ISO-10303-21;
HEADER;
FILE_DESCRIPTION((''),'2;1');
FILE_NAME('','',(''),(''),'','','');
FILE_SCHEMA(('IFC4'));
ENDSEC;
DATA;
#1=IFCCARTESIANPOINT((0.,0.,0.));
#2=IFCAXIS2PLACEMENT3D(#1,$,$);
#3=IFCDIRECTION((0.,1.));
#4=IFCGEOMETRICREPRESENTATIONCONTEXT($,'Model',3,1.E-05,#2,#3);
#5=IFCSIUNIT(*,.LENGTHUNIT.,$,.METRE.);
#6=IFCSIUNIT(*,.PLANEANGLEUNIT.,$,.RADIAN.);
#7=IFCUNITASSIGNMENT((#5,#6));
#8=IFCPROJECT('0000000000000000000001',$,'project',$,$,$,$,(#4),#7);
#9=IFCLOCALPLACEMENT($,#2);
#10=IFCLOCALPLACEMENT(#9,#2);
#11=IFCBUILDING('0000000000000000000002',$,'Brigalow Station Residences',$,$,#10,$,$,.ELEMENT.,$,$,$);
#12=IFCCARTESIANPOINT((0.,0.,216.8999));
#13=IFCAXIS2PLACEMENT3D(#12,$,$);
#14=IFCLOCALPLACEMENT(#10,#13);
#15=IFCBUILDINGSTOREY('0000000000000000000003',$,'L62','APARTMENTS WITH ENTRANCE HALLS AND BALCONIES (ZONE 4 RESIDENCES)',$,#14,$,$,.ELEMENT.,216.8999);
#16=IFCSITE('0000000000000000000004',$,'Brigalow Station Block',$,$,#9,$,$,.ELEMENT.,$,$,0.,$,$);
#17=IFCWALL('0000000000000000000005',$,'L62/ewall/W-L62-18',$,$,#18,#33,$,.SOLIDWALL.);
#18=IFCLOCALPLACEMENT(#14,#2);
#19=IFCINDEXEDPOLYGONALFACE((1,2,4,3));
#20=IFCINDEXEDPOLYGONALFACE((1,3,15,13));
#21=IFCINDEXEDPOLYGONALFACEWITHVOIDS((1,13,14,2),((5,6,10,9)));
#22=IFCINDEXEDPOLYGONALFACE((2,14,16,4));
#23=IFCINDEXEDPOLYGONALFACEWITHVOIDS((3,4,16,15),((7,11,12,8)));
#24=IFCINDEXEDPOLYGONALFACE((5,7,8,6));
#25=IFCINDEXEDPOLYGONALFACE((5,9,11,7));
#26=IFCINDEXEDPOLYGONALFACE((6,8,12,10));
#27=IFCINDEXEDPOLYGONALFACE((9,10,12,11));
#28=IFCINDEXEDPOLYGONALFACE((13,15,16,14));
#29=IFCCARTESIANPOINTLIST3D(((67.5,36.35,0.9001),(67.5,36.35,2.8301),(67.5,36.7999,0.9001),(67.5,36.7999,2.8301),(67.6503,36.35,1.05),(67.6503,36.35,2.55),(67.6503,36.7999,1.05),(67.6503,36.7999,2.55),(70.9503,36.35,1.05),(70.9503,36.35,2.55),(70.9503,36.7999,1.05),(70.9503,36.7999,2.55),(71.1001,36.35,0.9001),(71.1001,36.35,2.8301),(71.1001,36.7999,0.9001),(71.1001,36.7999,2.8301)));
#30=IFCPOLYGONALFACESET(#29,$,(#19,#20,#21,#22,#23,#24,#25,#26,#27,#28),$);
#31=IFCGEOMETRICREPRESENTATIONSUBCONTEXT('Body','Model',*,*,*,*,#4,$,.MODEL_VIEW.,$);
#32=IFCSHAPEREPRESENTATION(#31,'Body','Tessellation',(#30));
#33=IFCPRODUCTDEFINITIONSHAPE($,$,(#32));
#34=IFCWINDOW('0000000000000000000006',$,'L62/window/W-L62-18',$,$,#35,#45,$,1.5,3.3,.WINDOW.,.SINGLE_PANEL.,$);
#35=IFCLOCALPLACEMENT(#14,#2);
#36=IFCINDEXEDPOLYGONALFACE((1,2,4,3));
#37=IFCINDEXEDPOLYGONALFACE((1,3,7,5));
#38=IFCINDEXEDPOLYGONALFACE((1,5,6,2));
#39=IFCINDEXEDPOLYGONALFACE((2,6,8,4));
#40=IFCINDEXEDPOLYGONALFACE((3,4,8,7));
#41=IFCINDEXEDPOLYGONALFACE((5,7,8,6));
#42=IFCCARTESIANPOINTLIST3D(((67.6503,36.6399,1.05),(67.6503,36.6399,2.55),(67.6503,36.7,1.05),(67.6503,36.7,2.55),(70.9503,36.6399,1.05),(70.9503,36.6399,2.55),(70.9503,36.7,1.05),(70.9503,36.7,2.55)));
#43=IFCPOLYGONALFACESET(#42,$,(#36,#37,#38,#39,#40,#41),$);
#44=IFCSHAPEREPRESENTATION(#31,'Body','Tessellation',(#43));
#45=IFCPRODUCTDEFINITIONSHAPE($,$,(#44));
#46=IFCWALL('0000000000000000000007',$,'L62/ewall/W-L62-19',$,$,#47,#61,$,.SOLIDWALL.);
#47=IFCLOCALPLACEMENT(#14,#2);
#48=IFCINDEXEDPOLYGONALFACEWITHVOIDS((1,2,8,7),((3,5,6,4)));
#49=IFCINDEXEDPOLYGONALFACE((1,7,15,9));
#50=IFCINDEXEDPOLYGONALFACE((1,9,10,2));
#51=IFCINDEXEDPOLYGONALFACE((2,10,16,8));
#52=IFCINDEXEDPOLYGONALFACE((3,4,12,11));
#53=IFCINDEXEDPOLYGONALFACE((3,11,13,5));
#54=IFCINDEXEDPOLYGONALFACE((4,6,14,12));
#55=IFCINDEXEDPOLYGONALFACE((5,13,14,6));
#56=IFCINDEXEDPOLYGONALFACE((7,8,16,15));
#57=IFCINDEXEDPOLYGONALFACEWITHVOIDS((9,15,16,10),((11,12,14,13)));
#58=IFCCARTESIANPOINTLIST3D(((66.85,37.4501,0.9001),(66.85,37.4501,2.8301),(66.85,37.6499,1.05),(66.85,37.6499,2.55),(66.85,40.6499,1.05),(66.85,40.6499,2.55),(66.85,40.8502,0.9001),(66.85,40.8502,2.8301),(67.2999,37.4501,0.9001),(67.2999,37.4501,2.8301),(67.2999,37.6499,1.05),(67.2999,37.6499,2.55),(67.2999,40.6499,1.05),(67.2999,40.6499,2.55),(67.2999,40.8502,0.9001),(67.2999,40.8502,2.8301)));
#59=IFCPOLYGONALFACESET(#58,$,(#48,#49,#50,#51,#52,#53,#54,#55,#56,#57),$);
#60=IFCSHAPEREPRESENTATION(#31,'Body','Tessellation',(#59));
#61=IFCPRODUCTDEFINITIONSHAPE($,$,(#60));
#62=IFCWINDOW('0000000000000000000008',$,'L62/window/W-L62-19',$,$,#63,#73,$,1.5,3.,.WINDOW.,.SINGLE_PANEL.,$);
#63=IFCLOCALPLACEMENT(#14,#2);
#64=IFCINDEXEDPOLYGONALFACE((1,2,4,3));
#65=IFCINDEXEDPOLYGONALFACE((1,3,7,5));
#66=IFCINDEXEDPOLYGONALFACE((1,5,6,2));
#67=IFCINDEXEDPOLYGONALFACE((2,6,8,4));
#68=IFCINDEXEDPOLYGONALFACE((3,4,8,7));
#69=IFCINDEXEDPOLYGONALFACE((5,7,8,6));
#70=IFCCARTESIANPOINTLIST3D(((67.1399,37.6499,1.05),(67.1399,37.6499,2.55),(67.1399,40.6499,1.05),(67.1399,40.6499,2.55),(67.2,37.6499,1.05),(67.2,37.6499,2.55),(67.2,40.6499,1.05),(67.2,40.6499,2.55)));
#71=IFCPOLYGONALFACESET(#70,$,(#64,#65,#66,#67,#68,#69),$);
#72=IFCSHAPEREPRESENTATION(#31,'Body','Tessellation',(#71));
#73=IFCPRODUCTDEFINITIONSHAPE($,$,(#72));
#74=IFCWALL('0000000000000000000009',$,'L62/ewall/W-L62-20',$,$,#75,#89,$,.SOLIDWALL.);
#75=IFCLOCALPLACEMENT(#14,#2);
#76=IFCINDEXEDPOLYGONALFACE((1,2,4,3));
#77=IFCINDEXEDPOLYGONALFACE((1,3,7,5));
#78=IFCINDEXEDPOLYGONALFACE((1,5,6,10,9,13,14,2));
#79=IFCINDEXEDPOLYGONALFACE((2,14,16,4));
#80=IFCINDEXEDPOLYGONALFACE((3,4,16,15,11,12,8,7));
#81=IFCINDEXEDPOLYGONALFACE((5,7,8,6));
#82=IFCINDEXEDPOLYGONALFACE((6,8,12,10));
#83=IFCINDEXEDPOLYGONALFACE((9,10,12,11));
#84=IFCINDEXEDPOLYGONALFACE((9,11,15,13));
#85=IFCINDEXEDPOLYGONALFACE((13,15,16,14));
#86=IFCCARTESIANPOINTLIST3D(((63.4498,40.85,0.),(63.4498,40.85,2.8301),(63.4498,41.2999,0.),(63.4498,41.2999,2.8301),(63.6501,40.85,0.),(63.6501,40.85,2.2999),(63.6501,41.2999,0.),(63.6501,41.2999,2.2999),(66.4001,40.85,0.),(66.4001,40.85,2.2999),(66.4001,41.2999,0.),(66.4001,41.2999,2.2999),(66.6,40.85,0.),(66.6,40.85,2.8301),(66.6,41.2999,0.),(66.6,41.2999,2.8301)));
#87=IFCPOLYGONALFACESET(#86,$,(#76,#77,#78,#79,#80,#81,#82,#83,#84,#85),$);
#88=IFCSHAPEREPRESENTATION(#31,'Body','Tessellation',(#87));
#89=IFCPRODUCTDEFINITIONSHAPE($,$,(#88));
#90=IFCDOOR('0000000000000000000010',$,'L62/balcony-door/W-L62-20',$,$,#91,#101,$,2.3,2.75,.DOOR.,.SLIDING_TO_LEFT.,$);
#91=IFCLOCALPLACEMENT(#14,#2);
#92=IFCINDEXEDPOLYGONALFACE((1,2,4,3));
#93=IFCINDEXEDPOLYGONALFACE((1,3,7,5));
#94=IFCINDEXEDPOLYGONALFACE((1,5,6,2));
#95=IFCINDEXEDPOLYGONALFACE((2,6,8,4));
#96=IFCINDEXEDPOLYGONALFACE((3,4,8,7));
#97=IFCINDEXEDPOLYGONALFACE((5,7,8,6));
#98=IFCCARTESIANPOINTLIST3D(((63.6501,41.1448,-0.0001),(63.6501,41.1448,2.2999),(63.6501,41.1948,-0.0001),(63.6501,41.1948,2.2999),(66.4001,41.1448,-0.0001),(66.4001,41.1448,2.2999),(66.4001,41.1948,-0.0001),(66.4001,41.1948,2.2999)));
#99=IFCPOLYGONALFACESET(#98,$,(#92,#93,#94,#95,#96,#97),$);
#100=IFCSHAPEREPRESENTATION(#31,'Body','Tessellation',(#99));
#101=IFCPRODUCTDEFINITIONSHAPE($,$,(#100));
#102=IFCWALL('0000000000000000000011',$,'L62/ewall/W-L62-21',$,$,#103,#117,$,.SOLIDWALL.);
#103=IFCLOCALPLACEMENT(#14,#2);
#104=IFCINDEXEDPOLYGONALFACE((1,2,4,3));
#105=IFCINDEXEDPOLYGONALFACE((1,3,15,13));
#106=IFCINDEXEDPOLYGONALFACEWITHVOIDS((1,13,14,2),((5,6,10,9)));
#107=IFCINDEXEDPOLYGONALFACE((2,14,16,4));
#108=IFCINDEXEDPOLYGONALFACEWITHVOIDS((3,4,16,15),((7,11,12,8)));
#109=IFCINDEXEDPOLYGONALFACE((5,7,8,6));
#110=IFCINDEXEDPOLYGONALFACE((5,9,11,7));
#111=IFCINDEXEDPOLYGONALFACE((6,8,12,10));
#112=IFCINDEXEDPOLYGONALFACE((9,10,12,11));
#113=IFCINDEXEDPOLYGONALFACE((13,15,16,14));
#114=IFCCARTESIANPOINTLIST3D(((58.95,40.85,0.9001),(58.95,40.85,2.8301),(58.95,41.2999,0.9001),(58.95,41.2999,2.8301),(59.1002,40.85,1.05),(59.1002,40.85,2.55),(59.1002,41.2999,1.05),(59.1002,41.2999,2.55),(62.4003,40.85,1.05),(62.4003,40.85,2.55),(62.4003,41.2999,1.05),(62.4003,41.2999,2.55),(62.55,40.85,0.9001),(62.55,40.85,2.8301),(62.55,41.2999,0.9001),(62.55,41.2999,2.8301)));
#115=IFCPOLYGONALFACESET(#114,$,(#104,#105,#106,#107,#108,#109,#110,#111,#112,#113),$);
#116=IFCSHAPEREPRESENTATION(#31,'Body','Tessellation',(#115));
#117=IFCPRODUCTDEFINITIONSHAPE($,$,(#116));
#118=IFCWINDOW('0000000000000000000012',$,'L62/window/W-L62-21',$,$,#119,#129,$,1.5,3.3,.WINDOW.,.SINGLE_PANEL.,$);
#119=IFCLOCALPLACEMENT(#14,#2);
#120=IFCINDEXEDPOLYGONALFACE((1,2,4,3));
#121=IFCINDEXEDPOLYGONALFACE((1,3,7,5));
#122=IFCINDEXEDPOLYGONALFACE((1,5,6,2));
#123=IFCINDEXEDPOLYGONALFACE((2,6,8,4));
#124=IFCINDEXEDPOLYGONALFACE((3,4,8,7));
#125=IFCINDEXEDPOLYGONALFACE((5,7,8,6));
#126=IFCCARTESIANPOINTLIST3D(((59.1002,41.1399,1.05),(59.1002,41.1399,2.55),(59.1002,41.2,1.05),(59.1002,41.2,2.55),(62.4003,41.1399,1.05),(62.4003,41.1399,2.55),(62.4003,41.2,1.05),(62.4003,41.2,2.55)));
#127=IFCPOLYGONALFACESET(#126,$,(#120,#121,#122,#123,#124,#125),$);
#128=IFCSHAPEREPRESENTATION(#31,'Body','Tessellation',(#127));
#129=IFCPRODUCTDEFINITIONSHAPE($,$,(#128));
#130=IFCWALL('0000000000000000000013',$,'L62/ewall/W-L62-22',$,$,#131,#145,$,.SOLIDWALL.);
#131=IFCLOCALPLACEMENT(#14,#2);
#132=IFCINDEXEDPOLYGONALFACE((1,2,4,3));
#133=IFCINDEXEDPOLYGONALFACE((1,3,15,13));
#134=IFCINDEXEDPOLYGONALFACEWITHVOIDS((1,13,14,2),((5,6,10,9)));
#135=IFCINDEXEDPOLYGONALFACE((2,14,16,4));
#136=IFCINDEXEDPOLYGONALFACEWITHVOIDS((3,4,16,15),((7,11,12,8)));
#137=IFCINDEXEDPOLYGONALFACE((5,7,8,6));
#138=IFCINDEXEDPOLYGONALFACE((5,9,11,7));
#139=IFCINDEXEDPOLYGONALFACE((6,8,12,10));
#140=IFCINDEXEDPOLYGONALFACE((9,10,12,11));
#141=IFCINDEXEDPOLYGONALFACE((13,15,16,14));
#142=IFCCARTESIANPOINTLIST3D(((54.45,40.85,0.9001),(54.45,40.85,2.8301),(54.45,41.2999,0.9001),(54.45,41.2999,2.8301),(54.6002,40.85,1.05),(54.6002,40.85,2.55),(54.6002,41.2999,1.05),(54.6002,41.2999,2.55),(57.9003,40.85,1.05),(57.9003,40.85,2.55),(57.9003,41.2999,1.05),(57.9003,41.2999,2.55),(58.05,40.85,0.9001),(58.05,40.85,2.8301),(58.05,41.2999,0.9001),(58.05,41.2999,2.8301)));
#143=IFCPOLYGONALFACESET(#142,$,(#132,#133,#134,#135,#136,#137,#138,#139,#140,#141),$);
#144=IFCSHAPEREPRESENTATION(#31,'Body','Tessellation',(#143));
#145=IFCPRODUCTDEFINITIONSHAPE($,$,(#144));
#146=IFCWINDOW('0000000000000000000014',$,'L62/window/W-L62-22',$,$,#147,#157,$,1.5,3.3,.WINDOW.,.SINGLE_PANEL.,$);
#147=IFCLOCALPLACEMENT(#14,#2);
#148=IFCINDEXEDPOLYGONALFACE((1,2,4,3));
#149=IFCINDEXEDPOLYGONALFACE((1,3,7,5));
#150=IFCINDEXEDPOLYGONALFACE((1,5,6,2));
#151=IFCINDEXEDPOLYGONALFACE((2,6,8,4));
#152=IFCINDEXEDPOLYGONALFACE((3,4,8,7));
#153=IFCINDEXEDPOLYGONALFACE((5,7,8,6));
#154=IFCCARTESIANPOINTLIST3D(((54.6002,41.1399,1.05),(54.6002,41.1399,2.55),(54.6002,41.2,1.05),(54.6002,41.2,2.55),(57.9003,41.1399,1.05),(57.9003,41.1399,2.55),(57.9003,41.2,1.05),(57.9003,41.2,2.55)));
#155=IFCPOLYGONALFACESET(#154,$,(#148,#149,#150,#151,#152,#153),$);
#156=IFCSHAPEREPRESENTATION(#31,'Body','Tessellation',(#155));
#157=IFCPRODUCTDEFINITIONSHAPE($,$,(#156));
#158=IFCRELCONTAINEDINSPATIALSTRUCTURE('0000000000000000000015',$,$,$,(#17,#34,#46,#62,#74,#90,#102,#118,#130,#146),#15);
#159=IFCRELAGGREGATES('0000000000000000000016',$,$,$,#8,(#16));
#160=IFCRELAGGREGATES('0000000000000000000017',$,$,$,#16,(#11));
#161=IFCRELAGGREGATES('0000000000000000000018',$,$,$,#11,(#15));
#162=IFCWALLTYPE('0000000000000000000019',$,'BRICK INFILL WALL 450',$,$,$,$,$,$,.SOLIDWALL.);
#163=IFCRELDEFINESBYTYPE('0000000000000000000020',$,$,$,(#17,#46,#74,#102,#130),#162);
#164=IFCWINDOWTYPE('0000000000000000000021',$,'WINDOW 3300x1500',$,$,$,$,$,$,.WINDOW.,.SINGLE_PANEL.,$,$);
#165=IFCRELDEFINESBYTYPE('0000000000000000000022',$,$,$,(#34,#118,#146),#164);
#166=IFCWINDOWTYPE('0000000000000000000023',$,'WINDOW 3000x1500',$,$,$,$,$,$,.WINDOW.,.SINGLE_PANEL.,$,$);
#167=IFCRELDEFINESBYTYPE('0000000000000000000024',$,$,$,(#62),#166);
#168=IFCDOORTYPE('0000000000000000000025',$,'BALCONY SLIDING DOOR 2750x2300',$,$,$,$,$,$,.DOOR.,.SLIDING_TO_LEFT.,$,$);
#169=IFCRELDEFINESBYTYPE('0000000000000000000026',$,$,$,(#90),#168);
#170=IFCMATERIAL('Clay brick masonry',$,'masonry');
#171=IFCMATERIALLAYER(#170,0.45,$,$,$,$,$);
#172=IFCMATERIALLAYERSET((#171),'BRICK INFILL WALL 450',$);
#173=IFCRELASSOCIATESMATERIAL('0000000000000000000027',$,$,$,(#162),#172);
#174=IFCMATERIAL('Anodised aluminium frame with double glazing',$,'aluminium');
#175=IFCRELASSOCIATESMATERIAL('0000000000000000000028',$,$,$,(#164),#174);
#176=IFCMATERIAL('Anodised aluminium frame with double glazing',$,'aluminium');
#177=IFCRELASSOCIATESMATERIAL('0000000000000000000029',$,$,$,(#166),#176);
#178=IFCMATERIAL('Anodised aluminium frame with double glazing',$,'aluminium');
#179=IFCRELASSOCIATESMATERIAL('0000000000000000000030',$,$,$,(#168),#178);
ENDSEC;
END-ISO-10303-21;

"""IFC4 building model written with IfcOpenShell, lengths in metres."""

from ifc_helpers import new_model, si_unit, direction, frame, frame_2d, origin, place, context, subcontext, project, spatial, rectangle, extrude, material, layer, layer_set, type_object, element, fill, save


model = new_model("IFC4")

# Units and contexts
model_context = context("Model", 3, precision=1e-05, world=origin(), true_north=direction((0.0, 1.0)))
body_context = subcontext(model_context, "Body", "Model", "MODEL_VIEW")
ifc_project = project(units=[si_unit("LENGTHUNIT", "METRE"), si_unit("PLANEANGLEUNIT", "RADIAN")], contexts=[model_context])

# Site, building, storey
site_placement = place(None, origin())
site = spatial("IfcSite", under=ifc_project, at=site_placement, Name="Brigalow Station Block", CompositionType="ELEMENT", RefElevation=0.0)
building_placement = place(site_placement, origin())
building = spatial("IfcBuilding", under=site, at=building_placement, Name="Brigalow Station Residences", CompositionType="ELEMENT")
storey_placement = place(building_placement, frame((0.0, 0.0, 216.8999)))
storey = spatial("IfcBuildingStorey", under=building, at=storey_placement, Name="L62", Description="APARTMENTS WITH ENTRANCE HALLS AND BALCONIES (ZONE 4 RESIDENCES)", CompositionType="ELEMENT", Elevation=216.8999)

# Walls, openings, windows
ifc_material_1 = material(Name="Clay brick masonry", Category="masonry")
ifc_layer_1 = layer(ifc_material_1, 0.45)
ifc_layer_set_1 = layer_set([ifc_layer_1], Name="BRICK INFILL WALL 450")
wall_type_1 = type_object("IfcWallType", Name="BRICK INFILL WALL 450", PredefinedType="SOLIDWALL", material=ifc_layer_set_1)
wall_1_placement = place(storey_placement, frame((71.1001, 36.575, 0.9001), z_axis=(0.0, 0.0, 1.0), x_axis=(-1.0, 0.0, 0.0)))
wall_1 = element("IfcWall", 1, at=wall_1_placement, inside=storey, type_object=wall_type_1, Name="L62/ewall/W-L62-18", PredefinedType="SOLIDWALL", context=body_context, shape_type="SweptSolid", body=[
    extrude(rectangle(XDim=3.6001, YDim=0.45, at=frame_2d((1.8, 0.0))), origin(), (0.0, 0.0, 1.0), 1.9299),
])
opening_1_placement = place(wall_1_placement, frame((0.1499, 0.0, 0.1499)))
opening_1 = element("IfcOpeningElement", 2, at=opening_1_placement, cuts=wall_1, PredefinedType="OPENING", context=body_context, shape_type="SweptSolid", body=[
    extrude(rectangle(XDim=3.3, YDim=1.5, at=frame_2d((1.6499, 0.75))), frame((0.0, 0.2349, 0.0), z_axis=(0.0, -1.0, 0.0), x_axis=(1.0, 0.0, 0.0)), (0.0, 0.0, 1.0), 0.47),
])
ifc_material_2 = material(Name="Anodised aluminium frame with double glazing", Category="aluminium")
window_type_1 = type_object("IfcWindowType", Name="WINDOW 3300x1500", PartitioningType="SINGLE_PANEL", PredefinedType="WINDOW", material=ifc_material_2)
window_1_placement = place(opening_1_placement, origin())
window_1 = element("IfcWindow", 3, at=window_1_placement, inside=storey, type_object=window_type_1, Name="L62/window/W-L62-18", OverallHeight=1.5, OverallWidth=3.3, PartitioningType="SINGLE_PANEL", PredefinedType="WINDOW", context=body_context, shape_type="SweptSolid", body=[
    extrude(rectangle(XDim=3.3, YDim=1.5, at=frame_2d((1.6499, 0.75))), frame((0.0, -0.0649, 0.0), z_axis=(0.0, -1.0, 0.0), x_axis=(1.0, 0.0, 0.0)), (0.0, 0.0, 1.0), 0.0601),
])
fill(opening_1, window_1)
wall_2_placement = place(storey_placement, frame((67.075, 37.45, 0.9001), z_axis=(0.0, 0.0, 1.0), x_axis=(0.0, 1.0, 0.0)))
wall_2 = element("IfcWall", 4, at=wall_2_placement, inside=storey, type_object=wall_type_1, Name="L62/ewall/W-L62-19", PredefinedType="SOLIDWALL", context=body_context, shape_type="SweptSolid", body=[
    extrude(rectangle(XDim=3.4001, YDim=0.45, at=frame_2d((1.7002, 0.0))), origin(), (0.0, 0.0, 1.0), 1.9299),
])
opening_2_placement = place(wall_2_placement, frame((0.2, 0.0, 0.1499)))
opening_2 = element("IfcOpeningElement", 5, at=opening_2_placement, cuts=wall_2, PredefinedType="OPENING", context=body_context, shape_type="SweptSolid", body=[
    extrude(rectangle(XDim=3.0, YDim=1.5, at=frame_2d((1.5, 0.75))), frame((0.0, 0.2349, 0.0), z_axis=(0.0, -1.0, 0.0), x_axis=(1.0, 0.0, 0.0)), (0.0, 0.0, 1.0), 0.47),
])
ifc_material_3 = material(Name="Anodised aluminium frame with double glazing", Category="aluminium")
window_type_2 = type_object("IfcWindowType", Name="WINDOW 3000x1500", PartitioningType="SINGLE_PANEL", PredefinedType="WINDOW", material=ifc_material_3)
window_2_placement = place(opening_2_placement, origin())
window_2 = element("IfcWindow", 6, at=window_2_placement, inside=storey, type_object=window_type_2, Name="L62/window/W-L62-19", OverallHeight=1.5, OverallWidth=3.0, PartitioningType="SINGLE_PANEL", PredefinedType="WINDOW", context=body_context, shape_type="SweptSolid", body=[
    extrude(rectangle(XDim=3.0, YDim=1.5, at=frame_2d((1.5, 0.75))), frame((0.0, -0.0649, 0.0), z_axis=(0.0, -1.0, 0.0), x_axis=(1.0, 0.0, 0.0)), (0.0, 0.0, 1.0), 0.0601),
])
fill(opening_2, window_2)

# Wall, opening, door
wall_3_placement = place(storey_placement, frame((66.6001, 41.075, 0.0), z_axis=(0.0, 0.0, 1.0), x_axis=(-1.0, 0.0, 0.0)))
wall_3 = element("IfcWall", 7, at=wall_3_placement, inside=storey, type_object=wall_type_1, Name="L62/ewall/W-L62-20", PredefinedType="SOLIDWALL", context=body_context, shape_type="SweptSolid", body=[
    extrude(rectangle(XDim=3.1501, YDim=0.45, at=frame_2d((1.5752, 0.0))), origin(), (0.0, 0.0, 1.0), 2.8301),
])
opening_3_placement = place(wall_3_placement, frame((0.2, 0.0, 0.0)))
opening_3 = element("IfcOpeningElement", 8, at=opening_3_placement, cuts=wall_3, PredefinedType="OPENING", context=body_context, shape_type="SweptSolid", body=[
    extrude(rectangle(XDim=2.75, YDim=2.3, at=frame_2d((1.375, 1.1499))), frame((0.0, 0.2349, 0.0), z_axis=(0.0, -1.0, 0.0), x_axis=(1.0, 0.0, 0.0)), (0.0, 0.0, 1.0), 0.47),
])
ifc_material_4 = material(Name="Anodised aluminium frame with double glazing", Category="aluminium")
door_type_1 = type_object("IfcDoorType", Name="BALCONY SLIDING DOOR 2750x2300", OperationType="SLIDING_TO_LEFT", PredefinedType="DOOR", material=ifc_material_4)
door_1_placement = place(opening_3_placement, origin())
door_1 = element("IfcDoor", 9, at=door_1_placement, inside=storey, type_object=door_type_1, Name="L62/balcony-door/W-L62-20", OperationType="SLIDING_TO_LEFT", OverallHeight=2.3, OverallWidth=2.75, PredefinedType="DOOR", context=body_context, shape_type="SweptSolid", body=[
    extrude(rectangle(XDim=2.75, YDim=2.3, at=frame_2d((1.375, 1.1499))), frame((0.0, -0.0698, 0.0), z_axis=(0.0, -1.0, 0.0), x_axis=(1.0, 0.0, 0.0)), (0.0, 0.0, 1.0), 0.05),
])
fill(opening_3, door_1)

# Walls, openings, windows
wall_4_placement = place(storey_placement, frame((62.55, 41.075, 0.9001), z_axis=(0.0, 0.0, 1.0), x_axis=(-1.0, 0.0, 0.0)))
wall_4 = element("IfcWall", 10, at=wall_4_placement, inside=storey, type_object=wall_type_1, Name="L62/ewall/W-L62-21", PredefinedType="SOLIDWALL", context=body_context, shape_type="SweptSolid", body=[
    extrude(rectangle(XDim=3.6001, YDim=0.45, at=frame_2d((1.8, 0.0))), origin(), (0.0, 0.0, 1.0), 1.9299),
])
opening_4_placement = place(wall_4_placement, frame((0.1499, 0.0, 0.1499)))
opening_4 = element("IfcOpeningElement", 11, at=opening_4_placement, cuts=wall_4, PredefinedType="OPENING", context=body_context, shape_type="SweptSolid", body=[
    extrude(rectangle(XDim=3.3, YDim=1.5, at=frame_2d((1.6499, 0.75))), frame((0.0, 0.2349, 0.0), z_axis=(0.0, -1.0, 0.0), x_axis=(1.0, 0.0, 0.0)), (0.0, 0.0, 1.0), 0.47),
])
window_3_placement = place(opening_4_placement, origin())
window_3 = element("IfcWindow", 12, at=window_3_placement, inside=storey, type_object=window_type_1, Name="L62/window/W-L62-21", OverallHeight=1.5, OverallWidth=3.3, PartitioningType="SINGLE_PANEL", PredefinedType="WINDOW", context=body_context, shape_type="SweptSolid", body=[
    extrude(rectangle(XDim=3.3, YDim=1.5, at=frame_2d((1.6499, 0.75))), frame((0.0, -0.0649, 0.0), z_axis=(0.0, -1.0, 0.0), x_axis=(1.0, 0.0, 0.0)), (0.0, 0.0, 1.0), 0.0601),
])
fill(opening_4, window_3)
wall_5_placement = place(storey_placement, frame((58.05, 41.075, 0.9001), z_axis=(0.0, 0.0, 1.0), x_axis=(-1.0, 0.0, 0.0)))
wall_5 = element("IfcWall", 13, at=wall_5_placement, inside=storey, type_object=wall_type_1, Name="L62/ewall/W-L62-22", PredefinedType="SOLIDWALL", context=body_context, shape_type="SweptSolid", body=[
    extrude(rectangle(XDim=3.6001, YDim=0.45, at=frame_2d((1.8, 0.0))), origin(), (0.0, 0.0, 1.0), 1.9299),
])
opening_5_placement = place(wall_5_placement, frame((0.1499, 0.0, 0.1499)))
opening_5 = element("IfcOpeningElement", 14, at=opening_5_placement, cuts=wall_5, PredefinedType="OPENING", context=body_context, shape_type="SweptSolid", body=[
    extrude(rectangle(XDim=3.3, YDim=1.5, at=frame_2d((1.6499, 0.75))), frame((0.0, 0.2349, 0.0), z_axis=(0.0, -1.0, 0.0), x_axis=(1.0, 0.0, 0.0)), (0.0, 0.0, 1.0), 0.47),
])
window_4_placement = place(opening_5_placement, origin())
window_4 = element("IfcWindow", 15, at=window_4_placement, inside=storey, type_object=window_type_1, Name="L62/window/W-L62-22", OverallHeight=1.5, OverallWidth=3.3, PartitioningType="SINGLE_PANEL", PredefinedType="WINDOW", context=body_context, shape_type="SweptSolid", body=[
    extrude(rectangle(XDim=3.3, YDim=1.5, at=frame_2d((1.6499, 0.75))), frame((0.0, -0.0649, 0.0), z_axis=(0.0, -1.0, 0.0), x_axis=(1.0, 0.0, 0.0)), (0.0, 0.0, 1.0), 0.0601),
])
fill(opening_5, window_4)

save(model, "model.ifc")
